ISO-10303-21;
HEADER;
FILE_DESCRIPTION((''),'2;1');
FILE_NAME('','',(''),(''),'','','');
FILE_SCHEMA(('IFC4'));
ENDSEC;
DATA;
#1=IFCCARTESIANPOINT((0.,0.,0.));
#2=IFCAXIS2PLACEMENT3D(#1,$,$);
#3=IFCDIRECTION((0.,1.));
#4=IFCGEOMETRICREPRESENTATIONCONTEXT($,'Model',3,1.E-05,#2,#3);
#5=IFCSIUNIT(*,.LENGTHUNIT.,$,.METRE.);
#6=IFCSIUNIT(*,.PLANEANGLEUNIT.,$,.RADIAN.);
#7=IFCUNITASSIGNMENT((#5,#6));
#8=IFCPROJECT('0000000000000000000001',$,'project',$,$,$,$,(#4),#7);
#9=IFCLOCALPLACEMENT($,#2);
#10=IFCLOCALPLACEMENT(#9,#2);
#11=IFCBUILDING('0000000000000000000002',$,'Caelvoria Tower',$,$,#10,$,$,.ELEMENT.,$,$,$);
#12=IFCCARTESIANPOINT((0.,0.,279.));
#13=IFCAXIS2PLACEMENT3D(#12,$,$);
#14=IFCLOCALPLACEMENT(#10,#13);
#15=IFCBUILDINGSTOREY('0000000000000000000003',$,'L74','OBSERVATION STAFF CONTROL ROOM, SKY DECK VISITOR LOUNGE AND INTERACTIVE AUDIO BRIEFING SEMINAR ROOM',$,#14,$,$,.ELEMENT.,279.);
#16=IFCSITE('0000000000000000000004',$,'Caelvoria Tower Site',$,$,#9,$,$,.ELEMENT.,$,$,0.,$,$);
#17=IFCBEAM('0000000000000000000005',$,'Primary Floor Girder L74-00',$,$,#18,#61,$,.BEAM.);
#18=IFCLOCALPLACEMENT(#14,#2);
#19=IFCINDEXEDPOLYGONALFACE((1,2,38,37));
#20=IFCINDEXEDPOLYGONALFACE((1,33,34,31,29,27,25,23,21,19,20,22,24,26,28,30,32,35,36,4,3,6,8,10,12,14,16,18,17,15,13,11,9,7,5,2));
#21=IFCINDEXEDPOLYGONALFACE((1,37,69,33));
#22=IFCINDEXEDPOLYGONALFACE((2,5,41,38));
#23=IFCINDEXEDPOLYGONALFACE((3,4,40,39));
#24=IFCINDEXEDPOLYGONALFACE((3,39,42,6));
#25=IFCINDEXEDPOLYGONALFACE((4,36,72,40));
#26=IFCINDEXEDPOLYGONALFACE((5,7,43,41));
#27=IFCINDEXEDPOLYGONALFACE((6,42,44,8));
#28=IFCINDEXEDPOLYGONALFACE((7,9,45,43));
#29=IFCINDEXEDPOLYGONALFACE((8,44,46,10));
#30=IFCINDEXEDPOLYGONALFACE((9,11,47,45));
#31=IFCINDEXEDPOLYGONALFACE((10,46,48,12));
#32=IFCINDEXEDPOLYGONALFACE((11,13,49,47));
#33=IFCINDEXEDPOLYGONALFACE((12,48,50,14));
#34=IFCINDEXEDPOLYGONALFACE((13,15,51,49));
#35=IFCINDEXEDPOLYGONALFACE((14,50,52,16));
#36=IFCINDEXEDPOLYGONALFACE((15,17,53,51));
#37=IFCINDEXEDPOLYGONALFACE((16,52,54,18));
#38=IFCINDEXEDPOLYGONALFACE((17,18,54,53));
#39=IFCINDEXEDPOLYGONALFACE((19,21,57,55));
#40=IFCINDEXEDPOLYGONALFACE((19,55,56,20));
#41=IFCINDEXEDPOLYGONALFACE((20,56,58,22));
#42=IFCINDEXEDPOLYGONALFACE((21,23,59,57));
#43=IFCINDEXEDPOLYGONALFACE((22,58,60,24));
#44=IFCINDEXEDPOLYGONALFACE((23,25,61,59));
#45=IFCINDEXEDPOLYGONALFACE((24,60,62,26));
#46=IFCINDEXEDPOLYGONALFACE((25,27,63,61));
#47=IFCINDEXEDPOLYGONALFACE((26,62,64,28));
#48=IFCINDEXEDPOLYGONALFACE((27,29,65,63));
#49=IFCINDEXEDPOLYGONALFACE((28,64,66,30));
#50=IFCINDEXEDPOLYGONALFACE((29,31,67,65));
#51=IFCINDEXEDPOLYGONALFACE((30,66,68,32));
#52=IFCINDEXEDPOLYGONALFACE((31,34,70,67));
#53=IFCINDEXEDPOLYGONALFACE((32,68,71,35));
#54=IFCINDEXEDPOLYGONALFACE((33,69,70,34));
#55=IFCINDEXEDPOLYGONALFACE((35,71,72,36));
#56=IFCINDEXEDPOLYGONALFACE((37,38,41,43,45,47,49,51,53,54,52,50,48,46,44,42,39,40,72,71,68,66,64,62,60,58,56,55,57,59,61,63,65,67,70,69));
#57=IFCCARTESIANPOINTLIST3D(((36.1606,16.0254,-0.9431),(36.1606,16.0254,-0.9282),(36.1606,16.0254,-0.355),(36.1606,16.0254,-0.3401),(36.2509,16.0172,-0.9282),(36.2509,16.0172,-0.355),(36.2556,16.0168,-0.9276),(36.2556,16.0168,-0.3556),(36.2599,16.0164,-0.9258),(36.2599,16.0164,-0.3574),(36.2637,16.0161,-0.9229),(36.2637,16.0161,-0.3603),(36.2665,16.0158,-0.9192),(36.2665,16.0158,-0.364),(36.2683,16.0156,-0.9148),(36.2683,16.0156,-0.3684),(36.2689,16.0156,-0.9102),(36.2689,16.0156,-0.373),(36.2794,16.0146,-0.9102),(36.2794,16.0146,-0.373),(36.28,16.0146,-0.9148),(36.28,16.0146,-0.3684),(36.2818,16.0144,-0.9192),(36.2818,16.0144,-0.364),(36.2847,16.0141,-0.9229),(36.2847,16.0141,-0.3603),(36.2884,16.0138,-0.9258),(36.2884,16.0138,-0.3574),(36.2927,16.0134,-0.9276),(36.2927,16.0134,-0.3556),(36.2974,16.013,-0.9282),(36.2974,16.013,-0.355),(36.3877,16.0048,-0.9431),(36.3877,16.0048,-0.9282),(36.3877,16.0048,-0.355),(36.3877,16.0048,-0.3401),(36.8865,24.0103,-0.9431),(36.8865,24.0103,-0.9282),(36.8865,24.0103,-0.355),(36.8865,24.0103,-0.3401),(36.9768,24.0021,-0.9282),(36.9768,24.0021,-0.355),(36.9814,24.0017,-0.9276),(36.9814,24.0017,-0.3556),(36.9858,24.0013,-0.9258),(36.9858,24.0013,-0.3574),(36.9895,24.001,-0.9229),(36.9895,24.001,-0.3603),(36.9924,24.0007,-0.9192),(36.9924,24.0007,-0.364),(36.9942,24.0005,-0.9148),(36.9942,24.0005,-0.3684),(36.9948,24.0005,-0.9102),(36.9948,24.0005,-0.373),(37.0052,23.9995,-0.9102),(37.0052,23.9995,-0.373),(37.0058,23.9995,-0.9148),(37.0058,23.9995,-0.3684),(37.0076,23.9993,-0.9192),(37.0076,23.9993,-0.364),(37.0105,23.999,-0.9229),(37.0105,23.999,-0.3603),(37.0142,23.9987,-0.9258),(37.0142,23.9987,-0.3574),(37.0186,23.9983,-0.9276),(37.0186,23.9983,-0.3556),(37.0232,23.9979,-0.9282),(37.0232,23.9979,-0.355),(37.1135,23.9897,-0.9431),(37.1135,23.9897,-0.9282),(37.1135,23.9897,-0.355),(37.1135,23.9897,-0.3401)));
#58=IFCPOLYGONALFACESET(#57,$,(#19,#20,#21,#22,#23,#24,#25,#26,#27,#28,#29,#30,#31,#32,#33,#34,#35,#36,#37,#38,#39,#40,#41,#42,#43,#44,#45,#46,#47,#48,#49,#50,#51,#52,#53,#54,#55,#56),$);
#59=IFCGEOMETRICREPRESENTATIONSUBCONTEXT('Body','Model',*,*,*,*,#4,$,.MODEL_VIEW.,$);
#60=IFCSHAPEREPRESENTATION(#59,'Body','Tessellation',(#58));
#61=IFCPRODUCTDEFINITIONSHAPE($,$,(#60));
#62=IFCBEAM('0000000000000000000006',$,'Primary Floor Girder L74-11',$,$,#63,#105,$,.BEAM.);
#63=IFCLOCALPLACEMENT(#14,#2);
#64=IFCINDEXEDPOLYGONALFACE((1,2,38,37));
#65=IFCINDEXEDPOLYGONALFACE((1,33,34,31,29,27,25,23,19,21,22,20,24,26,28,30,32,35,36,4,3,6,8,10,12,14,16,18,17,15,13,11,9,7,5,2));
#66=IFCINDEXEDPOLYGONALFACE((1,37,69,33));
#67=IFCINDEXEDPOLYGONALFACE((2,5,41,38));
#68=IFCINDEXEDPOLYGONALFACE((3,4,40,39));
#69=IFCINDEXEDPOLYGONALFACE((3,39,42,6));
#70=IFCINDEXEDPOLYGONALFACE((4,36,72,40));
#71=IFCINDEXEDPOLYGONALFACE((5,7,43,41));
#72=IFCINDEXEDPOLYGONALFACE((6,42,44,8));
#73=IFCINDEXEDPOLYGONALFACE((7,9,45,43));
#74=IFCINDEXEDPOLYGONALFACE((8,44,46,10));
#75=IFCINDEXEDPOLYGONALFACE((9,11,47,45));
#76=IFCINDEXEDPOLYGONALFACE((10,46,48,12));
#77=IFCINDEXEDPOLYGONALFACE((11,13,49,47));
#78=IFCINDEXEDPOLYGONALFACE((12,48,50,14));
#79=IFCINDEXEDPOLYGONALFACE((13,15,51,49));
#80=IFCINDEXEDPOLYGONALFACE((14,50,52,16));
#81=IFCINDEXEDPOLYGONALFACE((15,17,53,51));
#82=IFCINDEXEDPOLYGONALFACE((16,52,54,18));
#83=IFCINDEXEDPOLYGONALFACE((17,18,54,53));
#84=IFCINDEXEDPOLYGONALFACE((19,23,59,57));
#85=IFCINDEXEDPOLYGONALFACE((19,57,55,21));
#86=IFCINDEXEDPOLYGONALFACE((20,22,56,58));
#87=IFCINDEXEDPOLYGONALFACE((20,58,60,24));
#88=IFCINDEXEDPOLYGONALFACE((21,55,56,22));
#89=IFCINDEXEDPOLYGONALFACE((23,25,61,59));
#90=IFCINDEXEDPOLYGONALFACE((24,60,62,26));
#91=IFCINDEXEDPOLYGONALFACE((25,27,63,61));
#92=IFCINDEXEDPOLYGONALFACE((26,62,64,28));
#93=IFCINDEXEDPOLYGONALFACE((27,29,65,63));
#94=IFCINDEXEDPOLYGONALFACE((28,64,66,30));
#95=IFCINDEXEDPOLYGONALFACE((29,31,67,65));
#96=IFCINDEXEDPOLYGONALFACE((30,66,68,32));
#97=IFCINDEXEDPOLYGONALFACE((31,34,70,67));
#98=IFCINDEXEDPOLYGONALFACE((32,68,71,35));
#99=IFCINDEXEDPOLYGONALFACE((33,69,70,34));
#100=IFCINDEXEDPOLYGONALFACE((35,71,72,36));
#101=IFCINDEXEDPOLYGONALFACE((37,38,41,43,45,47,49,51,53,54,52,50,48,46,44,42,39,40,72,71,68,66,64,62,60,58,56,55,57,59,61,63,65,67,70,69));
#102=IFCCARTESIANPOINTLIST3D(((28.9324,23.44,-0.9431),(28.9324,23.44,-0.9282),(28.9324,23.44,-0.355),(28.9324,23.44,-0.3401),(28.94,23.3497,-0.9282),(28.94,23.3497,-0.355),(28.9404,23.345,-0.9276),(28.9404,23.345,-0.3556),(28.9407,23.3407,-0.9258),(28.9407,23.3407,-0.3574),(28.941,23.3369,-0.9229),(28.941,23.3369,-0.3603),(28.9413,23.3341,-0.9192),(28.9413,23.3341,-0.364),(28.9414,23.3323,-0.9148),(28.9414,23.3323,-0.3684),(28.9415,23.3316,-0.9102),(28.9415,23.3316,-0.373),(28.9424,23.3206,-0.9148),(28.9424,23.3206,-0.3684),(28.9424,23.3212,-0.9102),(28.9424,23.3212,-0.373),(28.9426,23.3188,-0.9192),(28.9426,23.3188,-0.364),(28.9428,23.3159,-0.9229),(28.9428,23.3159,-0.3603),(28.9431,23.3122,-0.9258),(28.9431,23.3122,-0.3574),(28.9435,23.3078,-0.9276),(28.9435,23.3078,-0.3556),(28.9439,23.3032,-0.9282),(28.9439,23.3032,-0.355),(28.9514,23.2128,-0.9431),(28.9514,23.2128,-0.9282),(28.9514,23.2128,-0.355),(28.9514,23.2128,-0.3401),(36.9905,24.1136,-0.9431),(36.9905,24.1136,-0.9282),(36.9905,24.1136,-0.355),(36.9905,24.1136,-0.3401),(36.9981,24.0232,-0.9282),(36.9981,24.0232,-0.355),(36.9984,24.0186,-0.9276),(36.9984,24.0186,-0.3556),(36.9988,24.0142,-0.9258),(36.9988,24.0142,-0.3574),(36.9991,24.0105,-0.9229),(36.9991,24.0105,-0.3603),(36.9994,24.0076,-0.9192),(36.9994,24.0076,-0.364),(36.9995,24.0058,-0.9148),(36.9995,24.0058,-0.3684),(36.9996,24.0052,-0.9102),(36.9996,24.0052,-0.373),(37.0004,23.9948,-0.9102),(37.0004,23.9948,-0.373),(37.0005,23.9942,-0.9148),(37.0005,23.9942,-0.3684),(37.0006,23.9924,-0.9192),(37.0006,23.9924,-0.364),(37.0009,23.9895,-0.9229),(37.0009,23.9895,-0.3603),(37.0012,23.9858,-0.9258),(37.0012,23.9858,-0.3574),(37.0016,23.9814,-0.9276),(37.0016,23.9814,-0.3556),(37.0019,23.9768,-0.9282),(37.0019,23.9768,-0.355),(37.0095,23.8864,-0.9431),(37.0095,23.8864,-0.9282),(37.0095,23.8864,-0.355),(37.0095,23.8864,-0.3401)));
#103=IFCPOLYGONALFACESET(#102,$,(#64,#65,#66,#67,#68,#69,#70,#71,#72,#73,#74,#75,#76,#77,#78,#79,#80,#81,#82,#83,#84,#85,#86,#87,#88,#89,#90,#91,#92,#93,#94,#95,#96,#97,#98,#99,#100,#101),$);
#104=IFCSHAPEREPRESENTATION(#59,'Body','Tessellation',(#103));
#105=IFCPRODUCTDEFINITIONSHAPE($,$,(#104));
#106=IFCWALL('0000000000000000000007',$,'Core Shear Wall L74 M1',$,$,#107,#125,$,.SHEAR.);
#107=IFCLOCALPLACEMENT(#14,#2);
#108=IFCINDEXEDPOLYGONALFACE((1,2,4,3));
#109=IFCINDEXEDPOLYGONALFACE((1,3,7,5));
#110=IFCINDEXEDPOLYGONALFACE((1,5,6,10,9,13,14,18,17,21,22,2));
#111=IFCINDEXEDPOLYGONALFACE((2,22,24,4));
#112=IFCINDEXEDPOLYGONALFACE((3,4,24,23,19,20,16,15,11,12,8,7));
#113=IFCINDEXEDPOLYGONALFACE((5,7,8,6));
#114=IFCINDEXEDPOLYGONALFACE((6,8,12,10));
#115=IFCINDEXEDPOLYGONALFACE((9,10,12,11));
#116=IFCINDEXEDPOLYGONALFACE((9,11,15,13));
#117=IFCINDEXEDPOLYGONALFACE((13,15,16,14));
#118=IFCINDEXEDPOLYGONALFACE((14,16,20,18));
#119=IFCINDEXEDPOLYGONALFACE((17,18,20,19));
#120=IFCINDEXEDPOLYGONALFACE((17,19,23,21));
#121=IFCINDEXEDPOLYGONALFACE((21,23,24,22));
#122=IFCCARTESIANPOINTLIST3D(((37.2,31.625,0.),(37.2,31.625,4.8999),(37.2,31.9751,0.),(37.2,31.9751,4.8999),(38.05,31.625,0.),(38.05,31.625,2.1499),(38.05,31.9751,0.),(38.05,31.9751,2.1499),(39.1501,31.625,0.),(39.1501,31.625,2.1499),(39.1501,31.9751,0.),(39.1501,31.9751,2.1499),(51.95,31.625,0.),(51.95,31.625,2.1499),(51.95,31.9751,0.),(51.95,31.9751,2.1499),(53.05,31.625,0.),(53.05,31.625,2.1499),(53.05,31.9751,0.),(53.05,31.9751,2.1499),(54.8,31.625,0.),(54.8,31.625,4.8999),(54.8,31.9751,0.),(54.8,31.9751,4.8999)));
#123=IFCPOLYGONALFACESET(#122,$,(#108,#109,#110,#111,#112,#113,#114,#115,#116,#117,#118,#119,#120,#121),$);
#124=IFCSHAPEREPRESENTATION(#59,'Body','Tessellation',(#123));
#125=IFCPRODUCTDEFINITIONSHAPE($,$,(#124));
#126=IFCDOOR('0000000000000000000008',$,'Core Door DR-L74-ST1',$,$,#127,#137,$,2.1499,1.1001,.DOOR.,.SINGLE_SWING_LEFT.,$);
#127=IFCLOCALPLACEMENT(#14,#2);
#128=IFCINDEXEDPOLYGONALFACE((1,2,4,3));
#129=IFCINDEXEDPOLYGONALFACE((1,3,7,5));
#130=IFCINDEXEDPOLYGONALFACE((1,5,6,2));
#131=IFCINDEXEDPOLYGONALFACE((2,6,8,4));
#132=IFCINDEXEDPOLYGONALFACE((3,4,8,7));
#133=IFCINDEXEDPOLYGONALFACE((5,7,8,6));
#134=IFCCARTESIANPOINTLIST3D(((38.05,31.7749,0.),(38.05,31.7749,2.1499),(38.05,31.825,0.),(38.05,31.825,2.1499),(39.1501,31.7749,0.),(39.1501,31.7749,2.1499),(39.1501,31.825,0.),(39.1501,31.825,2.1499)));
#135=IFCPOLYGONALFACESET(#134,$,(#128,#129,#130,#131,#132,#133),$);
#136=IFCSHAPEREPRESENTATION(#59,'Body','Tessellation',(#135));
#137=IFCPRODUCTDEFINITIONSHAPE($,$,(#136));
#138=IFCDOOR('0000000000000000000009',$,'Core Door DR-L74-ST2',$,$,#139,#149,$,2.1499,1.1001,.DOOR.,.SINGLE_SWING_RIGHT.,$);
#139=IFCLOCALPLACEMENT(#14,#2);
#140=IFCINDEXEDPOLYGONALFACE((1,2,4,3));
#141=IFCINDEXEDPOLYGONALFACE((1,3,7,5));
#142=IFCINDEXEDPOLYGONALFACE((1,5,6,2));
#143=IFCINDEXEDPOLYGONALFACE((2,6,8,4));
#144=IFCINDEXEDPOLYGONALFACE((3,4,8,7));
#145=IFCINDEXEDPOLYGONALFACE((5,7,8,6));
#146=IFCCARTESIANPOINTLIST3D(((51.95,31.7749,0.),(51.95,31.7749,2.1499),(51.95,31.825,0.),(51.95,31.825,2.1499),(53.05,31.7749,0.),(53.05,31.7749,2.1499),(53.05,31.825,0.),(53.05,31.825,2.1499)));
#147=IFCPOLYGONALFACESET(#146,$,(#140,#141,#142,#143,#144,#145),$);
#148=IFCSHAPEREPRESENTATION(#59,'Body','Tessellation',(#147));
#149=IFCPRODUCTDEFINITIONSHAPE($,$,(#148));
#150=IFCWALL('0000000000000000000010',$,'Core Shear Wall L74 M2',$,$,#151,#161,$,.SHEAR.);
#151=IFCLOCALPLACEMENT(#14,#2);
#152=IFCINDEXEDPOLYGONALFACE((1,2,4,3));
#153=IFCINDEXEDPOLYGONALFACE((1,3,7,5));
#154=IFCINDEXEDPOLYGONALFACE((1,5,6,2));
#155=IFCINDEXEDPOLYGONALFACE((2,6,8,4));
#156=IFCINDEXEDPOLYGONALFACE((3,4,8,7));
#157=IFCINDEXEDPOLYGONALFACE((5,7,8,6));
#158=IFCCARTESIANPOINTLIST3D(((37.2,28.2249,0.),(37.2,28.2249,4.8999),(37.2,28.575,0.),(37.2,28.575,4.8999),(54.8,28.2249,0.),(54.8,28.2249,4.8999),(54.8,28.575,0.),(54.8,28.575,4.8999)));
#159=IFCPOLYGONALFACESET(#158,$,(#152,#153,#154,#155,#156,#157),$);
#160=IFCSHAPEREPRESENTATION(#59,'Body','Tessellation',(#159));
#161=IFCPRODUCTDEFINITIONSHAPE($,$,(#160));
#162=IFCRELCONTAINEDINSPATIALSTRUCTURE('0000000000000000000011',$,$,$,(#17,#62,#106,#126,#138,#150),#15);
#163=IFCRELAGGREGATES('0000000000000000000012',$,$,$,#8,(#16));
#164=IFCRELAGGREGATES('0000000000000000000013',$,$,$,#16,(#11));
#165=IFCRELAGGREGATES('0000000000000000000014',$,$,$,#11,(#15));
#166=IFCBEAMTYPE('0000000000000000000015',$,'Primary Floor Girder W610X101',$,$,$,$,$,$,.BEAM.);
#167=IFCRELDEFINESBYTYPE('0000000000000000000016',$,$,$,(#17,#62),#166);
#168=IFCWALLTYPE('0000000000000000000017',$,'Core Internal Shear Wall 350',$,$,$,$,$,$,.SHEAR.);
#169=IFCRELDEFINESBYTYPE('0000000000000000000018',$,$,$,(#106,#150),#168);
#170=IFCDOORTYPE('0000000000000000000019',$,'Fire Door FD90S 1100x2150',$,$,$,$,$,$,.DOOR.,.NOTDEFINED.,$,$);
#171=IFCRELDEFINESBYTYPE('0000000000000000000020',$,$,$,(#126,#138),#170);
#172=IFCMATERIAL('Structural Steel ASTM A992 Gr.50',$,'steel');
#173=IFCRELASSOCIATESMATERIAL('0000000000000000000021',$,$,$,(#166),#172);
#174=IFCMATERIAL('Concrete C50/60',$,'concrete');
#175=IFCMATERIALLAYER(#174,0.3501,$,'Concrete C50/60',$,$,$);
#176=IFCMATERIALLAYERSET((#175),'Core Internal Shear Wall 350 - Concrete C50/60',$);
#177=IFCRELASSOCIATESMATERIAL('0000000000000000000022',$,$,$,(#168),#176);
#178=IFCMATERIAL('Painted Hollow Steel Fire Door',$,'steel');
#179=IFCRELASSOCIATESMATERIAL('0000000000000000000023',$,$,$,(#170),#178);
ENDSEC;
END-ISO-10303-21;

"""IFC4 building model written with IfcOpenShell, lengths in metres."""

from ifc_helpers import new_model, si_unit, direction, frame, frame_2d, origin, origin_2d, place, context, subcontext, project, spatial, rectangle, i_section, extrude, material, layer, layer_set, material_profile, profile_set, type_object, element, fill, save


model = new_model("IFC4")

# Units and contexts
model_context = context("Model", 3, precision=1e-05, world=origin(), true_north=direction((0.0, 1.0)))
body_context = subcontext(model_context, "Body", "Model", "MODEL_VIEW")
ifc_project = project(units=[si_unit("LENGTHUNIT", "METRE"), si_unit("PLANEANGLEUNIT", "RADIAN")], contexts=[model_context])

# Site, building, storey
site_placement = place(None, origin())
site = spatial("IfcSite", under=ifc_project, at=site_placement, Name="Caelvoria Tower Site", CompositionType="ELEMENT", RefElevation=0.0)
building_placement = place(site_placement, origin())
building = spatial("IfcBuilding", under=site, at=building_placement, Name="Caelvoria Tower", CompositionType="ELEMENT")
storey_placement = place(building_placement, frame((0.0, 0.0, 279.0)))
storey = spatial("IfcBuildingStorey", under=building, at=storey_placement, Name="L74", Description="OBSERVATION STAFF CONTROL ROOM, SKY DECK VISITOR LOUNGE AND INTERACTIVE AUDIO BRIEFING SEMINAR ROOM", CompositionType="ELEMENT", Elevation=279.0)

# Beams
ifc_material_1 = material(Name="Structural Steel ASTM A992 Gr.50", Category="steel")
ifc_material_profile = material_profile(ifc_material_1, i_section(OverallWidth=0.228, OverallDepth=0.603, WebThickness=0.0105, FlangeThickness=0.0149, FilletRadius=0.0181, at=origin_2d()), Name="Structural Steel ASTM A992 Gr.50")
ifc_profile_set = profile_set([ifc_material_profile], Name="W610X101 - Structural Steel ASTM A992 Gr.50")
beam_type = type_object("IfcBeamType", Name="Primary Floor Girder W610X101", PredefinedType="BEAM", material=ifc_profile_set)
beam_1_placement = place(storey_placement, frame((37.0, 24.0, -0.6416), z_axis=(-0.090528, -0.995894, 0.0), x_axis=(0.995894, -0.090528, 0.0)))
element("IfcBeam", 1, at=beam_1_placement, inside=storey, type_object=beam_type, Name="Primary Floor Girder L74-00", PredefinedType="BEAM", context=body_context, shape_type="SweptSolid", body=[
    extrude(i_section(OverallWidth=0.228, OverallDepth=0.603, WebThickness=0.0105, FlangeThickness=0.0149, FilletRadius=0.0181, at=origin_2d()), origin(), (0.0, 0.0, 1.0), 8.0178),
])
beam_2_placement = place(storey_placement, frame((37.0, 24.0, -0.6416), z_axis=(-0.996524, -0.0833, 0.0), x_axis=(0.0833, -0.996524, 0.0)))
element("IfcBeam", 2, at=beam_2_placement, inside=storey, type_object=beam_type, Name="Primary Floor Girder L74-11", PredefinedType="BEAM", context=body_context, shape_type="SweptSolid", body=[
    extrude(i_section(OverallWidth=0.228, OverallDepth=0.603, WebThickness=0.0105, FlangeThickness=0.0149, FilletRadius=0.0181, at=origin_2d()), origin(), (0.0, 0.0, 1.0), 8.0862),
])

# Wall, openings, doors
ifc_material_2 = material(Name="Concrete C50/60", Category="concrete")
ifc_layer_1 = layer(ifc_material_2, 0.3501, Name="Concrete C50/60")
ifc_layer_set_1 = layer_set([ifc_layer_1], Name="Core Internal Shear Wall 350 - Concrete C50/60")
wall_type_1 = type_object("IfcWallType", Name="Core Internal Shear Wall 350", PredefinedType="SHEAR", material=ifc_layer_set_1)
wall_1_placement = place(storey_placement, frame((37.2, 31.8, 0.0), z_axis=(0.0, 0.0, 1.0), x_axis=(1.0, 0.0, 0.0)))
wall_1 = element("IfcWall", 3, at=wall_1_placement, inside=storey, type_object=wall_type_1, Name="Core Shear Wall L74 M1", PredefinedType="SHEAR", context=body_context, shape_type="SweptSolid", body=[
    extrude(rectangle(XDim=17.6001, YDim=0.3501, at=frame_2d((8.8, 0.0))), origin(), (0.0, 0.0, 1.0), 4.8999),
])
opening_1_placement = place(wall_1_placement, frame((0.8501, 0.0, 0.0)))
opening_1 = element("IfcOpeningElement", 4, at=opening_1_placement, cuts=wall_1, PredefinedType="OPENING", context=body_context, shape_type="SweptSolid", body=[
    extrude(rectangle(XDim=1.1001, YDim=2.1499, at=frame_2d((0.55, 1.075))), frame((0.0, 0.1851, 0.0), z_axis=(0.0, -1.0, 0.0), x_axis=(1.0, 0.0, 0.0)), (0.0, 0.0, 1.0), 0.3701),
])
opening_2_placement = place(wall_1_placement, frame((14.75, 0.0, 0.0)))
opening_2 = element("IfcOpeningElement", 5, at=opening_2_placement, cuts=wall_1, PredefinedType="OPENING", context=body_context, shape_type="SweptSolid", body=[
    extrude(rectangle(XDim=1.1001, YDim=2.1499, at=frame_2d((0.55, 1.075))), frame((0.0, 0.1851, 0.0), z_axis=(0.0, -1.0, 0.0), x_axis=(1.0, 0.0, 0.0)), (0.0, 0.0, 1.0), 0.3701),
])
ifc_material_3 = material(Name="Painted Hollow Steel Fire Door", Category="steel")
door_type_1 = type_object("IfcDoorType", Name="Fire Door FD90S 1100x2150", OperationType="NOTDEFINED", PredefinedType="DOOR", material=ifc_material_3)
door_1_placement = place(opening_1_placement, origin())
door_1 = element("IfcDoor", 6, at=door_1_placement, inside=storey, type_object=door_type_1, Name="Core Door DR-L74-ST1", OperationType="SINGLE_SWING_LEFT", OverallHeight=2.1499, OverallWidth=1.1001, PredefinedType="DOOR", context=body_context, shape_type="SweptSolid", body=[
    extrude(rectangle(XDim=1.1001, YDim=2.1499, at=frame_2d((0.55, 1.075))), frame((0.0, 0.0249, 0.0), z_axis=(0.0, -1.0, 0.0), x_axis=(1.0, 0.0, 0.0)), (0.0, 0.0, 1.0), 0.05),
])
fill(opening_1, door_1)
door_2_placement = place(opening_2_placement, origin())
door_2 = element("IfcDoor", 7, at=door_2_placement, inside=storey, type_object=door_type_1, Name="Core Door DR-L74-ST2", OperationType="SINGLE_SWING_RIGHT", OverallHeight=2.1499, OverallWidth=1.1001, PredefinedType="DOOR", context=body_context, shape_type="SweptSolid", body=[
    extrude(rectangle(XDim=1.1001, YDim=2.1499, at=frame_2d((0.55, 1.075))), frame((0.0, 0.0249, 0.0), z_axis=(0.0, -1.0, 0.0), x_axis=(1.0, 0.0, 0.0)), (0.0, 0.0, 1.0), 0.05),
])
fill(opening_2, door_2)

# Wall
wall_2_placement = place(storey_placement, frame((37.2, 28.3999, 0.0), z_axis=(0.0, 0.0, 1.0), x_axis=(1.0, 0.0, 0.0)))
element("IfcWall", 8, at=wall_2_placement, inside=storey, type_object=wall_type_1, Name="Core Shear Wall L74 M2", PredefinedType="SHEAR", context=body_context, shape_type="SweptSolid", body=[
    extrude(rectangle(XDim=17.6001, YDim=0.3501, at=frame_2d((8.8, 0.0))), origin(), (0.0, 0.0, 1.0), 4.8999),
])

save(model, "model.ifc")
